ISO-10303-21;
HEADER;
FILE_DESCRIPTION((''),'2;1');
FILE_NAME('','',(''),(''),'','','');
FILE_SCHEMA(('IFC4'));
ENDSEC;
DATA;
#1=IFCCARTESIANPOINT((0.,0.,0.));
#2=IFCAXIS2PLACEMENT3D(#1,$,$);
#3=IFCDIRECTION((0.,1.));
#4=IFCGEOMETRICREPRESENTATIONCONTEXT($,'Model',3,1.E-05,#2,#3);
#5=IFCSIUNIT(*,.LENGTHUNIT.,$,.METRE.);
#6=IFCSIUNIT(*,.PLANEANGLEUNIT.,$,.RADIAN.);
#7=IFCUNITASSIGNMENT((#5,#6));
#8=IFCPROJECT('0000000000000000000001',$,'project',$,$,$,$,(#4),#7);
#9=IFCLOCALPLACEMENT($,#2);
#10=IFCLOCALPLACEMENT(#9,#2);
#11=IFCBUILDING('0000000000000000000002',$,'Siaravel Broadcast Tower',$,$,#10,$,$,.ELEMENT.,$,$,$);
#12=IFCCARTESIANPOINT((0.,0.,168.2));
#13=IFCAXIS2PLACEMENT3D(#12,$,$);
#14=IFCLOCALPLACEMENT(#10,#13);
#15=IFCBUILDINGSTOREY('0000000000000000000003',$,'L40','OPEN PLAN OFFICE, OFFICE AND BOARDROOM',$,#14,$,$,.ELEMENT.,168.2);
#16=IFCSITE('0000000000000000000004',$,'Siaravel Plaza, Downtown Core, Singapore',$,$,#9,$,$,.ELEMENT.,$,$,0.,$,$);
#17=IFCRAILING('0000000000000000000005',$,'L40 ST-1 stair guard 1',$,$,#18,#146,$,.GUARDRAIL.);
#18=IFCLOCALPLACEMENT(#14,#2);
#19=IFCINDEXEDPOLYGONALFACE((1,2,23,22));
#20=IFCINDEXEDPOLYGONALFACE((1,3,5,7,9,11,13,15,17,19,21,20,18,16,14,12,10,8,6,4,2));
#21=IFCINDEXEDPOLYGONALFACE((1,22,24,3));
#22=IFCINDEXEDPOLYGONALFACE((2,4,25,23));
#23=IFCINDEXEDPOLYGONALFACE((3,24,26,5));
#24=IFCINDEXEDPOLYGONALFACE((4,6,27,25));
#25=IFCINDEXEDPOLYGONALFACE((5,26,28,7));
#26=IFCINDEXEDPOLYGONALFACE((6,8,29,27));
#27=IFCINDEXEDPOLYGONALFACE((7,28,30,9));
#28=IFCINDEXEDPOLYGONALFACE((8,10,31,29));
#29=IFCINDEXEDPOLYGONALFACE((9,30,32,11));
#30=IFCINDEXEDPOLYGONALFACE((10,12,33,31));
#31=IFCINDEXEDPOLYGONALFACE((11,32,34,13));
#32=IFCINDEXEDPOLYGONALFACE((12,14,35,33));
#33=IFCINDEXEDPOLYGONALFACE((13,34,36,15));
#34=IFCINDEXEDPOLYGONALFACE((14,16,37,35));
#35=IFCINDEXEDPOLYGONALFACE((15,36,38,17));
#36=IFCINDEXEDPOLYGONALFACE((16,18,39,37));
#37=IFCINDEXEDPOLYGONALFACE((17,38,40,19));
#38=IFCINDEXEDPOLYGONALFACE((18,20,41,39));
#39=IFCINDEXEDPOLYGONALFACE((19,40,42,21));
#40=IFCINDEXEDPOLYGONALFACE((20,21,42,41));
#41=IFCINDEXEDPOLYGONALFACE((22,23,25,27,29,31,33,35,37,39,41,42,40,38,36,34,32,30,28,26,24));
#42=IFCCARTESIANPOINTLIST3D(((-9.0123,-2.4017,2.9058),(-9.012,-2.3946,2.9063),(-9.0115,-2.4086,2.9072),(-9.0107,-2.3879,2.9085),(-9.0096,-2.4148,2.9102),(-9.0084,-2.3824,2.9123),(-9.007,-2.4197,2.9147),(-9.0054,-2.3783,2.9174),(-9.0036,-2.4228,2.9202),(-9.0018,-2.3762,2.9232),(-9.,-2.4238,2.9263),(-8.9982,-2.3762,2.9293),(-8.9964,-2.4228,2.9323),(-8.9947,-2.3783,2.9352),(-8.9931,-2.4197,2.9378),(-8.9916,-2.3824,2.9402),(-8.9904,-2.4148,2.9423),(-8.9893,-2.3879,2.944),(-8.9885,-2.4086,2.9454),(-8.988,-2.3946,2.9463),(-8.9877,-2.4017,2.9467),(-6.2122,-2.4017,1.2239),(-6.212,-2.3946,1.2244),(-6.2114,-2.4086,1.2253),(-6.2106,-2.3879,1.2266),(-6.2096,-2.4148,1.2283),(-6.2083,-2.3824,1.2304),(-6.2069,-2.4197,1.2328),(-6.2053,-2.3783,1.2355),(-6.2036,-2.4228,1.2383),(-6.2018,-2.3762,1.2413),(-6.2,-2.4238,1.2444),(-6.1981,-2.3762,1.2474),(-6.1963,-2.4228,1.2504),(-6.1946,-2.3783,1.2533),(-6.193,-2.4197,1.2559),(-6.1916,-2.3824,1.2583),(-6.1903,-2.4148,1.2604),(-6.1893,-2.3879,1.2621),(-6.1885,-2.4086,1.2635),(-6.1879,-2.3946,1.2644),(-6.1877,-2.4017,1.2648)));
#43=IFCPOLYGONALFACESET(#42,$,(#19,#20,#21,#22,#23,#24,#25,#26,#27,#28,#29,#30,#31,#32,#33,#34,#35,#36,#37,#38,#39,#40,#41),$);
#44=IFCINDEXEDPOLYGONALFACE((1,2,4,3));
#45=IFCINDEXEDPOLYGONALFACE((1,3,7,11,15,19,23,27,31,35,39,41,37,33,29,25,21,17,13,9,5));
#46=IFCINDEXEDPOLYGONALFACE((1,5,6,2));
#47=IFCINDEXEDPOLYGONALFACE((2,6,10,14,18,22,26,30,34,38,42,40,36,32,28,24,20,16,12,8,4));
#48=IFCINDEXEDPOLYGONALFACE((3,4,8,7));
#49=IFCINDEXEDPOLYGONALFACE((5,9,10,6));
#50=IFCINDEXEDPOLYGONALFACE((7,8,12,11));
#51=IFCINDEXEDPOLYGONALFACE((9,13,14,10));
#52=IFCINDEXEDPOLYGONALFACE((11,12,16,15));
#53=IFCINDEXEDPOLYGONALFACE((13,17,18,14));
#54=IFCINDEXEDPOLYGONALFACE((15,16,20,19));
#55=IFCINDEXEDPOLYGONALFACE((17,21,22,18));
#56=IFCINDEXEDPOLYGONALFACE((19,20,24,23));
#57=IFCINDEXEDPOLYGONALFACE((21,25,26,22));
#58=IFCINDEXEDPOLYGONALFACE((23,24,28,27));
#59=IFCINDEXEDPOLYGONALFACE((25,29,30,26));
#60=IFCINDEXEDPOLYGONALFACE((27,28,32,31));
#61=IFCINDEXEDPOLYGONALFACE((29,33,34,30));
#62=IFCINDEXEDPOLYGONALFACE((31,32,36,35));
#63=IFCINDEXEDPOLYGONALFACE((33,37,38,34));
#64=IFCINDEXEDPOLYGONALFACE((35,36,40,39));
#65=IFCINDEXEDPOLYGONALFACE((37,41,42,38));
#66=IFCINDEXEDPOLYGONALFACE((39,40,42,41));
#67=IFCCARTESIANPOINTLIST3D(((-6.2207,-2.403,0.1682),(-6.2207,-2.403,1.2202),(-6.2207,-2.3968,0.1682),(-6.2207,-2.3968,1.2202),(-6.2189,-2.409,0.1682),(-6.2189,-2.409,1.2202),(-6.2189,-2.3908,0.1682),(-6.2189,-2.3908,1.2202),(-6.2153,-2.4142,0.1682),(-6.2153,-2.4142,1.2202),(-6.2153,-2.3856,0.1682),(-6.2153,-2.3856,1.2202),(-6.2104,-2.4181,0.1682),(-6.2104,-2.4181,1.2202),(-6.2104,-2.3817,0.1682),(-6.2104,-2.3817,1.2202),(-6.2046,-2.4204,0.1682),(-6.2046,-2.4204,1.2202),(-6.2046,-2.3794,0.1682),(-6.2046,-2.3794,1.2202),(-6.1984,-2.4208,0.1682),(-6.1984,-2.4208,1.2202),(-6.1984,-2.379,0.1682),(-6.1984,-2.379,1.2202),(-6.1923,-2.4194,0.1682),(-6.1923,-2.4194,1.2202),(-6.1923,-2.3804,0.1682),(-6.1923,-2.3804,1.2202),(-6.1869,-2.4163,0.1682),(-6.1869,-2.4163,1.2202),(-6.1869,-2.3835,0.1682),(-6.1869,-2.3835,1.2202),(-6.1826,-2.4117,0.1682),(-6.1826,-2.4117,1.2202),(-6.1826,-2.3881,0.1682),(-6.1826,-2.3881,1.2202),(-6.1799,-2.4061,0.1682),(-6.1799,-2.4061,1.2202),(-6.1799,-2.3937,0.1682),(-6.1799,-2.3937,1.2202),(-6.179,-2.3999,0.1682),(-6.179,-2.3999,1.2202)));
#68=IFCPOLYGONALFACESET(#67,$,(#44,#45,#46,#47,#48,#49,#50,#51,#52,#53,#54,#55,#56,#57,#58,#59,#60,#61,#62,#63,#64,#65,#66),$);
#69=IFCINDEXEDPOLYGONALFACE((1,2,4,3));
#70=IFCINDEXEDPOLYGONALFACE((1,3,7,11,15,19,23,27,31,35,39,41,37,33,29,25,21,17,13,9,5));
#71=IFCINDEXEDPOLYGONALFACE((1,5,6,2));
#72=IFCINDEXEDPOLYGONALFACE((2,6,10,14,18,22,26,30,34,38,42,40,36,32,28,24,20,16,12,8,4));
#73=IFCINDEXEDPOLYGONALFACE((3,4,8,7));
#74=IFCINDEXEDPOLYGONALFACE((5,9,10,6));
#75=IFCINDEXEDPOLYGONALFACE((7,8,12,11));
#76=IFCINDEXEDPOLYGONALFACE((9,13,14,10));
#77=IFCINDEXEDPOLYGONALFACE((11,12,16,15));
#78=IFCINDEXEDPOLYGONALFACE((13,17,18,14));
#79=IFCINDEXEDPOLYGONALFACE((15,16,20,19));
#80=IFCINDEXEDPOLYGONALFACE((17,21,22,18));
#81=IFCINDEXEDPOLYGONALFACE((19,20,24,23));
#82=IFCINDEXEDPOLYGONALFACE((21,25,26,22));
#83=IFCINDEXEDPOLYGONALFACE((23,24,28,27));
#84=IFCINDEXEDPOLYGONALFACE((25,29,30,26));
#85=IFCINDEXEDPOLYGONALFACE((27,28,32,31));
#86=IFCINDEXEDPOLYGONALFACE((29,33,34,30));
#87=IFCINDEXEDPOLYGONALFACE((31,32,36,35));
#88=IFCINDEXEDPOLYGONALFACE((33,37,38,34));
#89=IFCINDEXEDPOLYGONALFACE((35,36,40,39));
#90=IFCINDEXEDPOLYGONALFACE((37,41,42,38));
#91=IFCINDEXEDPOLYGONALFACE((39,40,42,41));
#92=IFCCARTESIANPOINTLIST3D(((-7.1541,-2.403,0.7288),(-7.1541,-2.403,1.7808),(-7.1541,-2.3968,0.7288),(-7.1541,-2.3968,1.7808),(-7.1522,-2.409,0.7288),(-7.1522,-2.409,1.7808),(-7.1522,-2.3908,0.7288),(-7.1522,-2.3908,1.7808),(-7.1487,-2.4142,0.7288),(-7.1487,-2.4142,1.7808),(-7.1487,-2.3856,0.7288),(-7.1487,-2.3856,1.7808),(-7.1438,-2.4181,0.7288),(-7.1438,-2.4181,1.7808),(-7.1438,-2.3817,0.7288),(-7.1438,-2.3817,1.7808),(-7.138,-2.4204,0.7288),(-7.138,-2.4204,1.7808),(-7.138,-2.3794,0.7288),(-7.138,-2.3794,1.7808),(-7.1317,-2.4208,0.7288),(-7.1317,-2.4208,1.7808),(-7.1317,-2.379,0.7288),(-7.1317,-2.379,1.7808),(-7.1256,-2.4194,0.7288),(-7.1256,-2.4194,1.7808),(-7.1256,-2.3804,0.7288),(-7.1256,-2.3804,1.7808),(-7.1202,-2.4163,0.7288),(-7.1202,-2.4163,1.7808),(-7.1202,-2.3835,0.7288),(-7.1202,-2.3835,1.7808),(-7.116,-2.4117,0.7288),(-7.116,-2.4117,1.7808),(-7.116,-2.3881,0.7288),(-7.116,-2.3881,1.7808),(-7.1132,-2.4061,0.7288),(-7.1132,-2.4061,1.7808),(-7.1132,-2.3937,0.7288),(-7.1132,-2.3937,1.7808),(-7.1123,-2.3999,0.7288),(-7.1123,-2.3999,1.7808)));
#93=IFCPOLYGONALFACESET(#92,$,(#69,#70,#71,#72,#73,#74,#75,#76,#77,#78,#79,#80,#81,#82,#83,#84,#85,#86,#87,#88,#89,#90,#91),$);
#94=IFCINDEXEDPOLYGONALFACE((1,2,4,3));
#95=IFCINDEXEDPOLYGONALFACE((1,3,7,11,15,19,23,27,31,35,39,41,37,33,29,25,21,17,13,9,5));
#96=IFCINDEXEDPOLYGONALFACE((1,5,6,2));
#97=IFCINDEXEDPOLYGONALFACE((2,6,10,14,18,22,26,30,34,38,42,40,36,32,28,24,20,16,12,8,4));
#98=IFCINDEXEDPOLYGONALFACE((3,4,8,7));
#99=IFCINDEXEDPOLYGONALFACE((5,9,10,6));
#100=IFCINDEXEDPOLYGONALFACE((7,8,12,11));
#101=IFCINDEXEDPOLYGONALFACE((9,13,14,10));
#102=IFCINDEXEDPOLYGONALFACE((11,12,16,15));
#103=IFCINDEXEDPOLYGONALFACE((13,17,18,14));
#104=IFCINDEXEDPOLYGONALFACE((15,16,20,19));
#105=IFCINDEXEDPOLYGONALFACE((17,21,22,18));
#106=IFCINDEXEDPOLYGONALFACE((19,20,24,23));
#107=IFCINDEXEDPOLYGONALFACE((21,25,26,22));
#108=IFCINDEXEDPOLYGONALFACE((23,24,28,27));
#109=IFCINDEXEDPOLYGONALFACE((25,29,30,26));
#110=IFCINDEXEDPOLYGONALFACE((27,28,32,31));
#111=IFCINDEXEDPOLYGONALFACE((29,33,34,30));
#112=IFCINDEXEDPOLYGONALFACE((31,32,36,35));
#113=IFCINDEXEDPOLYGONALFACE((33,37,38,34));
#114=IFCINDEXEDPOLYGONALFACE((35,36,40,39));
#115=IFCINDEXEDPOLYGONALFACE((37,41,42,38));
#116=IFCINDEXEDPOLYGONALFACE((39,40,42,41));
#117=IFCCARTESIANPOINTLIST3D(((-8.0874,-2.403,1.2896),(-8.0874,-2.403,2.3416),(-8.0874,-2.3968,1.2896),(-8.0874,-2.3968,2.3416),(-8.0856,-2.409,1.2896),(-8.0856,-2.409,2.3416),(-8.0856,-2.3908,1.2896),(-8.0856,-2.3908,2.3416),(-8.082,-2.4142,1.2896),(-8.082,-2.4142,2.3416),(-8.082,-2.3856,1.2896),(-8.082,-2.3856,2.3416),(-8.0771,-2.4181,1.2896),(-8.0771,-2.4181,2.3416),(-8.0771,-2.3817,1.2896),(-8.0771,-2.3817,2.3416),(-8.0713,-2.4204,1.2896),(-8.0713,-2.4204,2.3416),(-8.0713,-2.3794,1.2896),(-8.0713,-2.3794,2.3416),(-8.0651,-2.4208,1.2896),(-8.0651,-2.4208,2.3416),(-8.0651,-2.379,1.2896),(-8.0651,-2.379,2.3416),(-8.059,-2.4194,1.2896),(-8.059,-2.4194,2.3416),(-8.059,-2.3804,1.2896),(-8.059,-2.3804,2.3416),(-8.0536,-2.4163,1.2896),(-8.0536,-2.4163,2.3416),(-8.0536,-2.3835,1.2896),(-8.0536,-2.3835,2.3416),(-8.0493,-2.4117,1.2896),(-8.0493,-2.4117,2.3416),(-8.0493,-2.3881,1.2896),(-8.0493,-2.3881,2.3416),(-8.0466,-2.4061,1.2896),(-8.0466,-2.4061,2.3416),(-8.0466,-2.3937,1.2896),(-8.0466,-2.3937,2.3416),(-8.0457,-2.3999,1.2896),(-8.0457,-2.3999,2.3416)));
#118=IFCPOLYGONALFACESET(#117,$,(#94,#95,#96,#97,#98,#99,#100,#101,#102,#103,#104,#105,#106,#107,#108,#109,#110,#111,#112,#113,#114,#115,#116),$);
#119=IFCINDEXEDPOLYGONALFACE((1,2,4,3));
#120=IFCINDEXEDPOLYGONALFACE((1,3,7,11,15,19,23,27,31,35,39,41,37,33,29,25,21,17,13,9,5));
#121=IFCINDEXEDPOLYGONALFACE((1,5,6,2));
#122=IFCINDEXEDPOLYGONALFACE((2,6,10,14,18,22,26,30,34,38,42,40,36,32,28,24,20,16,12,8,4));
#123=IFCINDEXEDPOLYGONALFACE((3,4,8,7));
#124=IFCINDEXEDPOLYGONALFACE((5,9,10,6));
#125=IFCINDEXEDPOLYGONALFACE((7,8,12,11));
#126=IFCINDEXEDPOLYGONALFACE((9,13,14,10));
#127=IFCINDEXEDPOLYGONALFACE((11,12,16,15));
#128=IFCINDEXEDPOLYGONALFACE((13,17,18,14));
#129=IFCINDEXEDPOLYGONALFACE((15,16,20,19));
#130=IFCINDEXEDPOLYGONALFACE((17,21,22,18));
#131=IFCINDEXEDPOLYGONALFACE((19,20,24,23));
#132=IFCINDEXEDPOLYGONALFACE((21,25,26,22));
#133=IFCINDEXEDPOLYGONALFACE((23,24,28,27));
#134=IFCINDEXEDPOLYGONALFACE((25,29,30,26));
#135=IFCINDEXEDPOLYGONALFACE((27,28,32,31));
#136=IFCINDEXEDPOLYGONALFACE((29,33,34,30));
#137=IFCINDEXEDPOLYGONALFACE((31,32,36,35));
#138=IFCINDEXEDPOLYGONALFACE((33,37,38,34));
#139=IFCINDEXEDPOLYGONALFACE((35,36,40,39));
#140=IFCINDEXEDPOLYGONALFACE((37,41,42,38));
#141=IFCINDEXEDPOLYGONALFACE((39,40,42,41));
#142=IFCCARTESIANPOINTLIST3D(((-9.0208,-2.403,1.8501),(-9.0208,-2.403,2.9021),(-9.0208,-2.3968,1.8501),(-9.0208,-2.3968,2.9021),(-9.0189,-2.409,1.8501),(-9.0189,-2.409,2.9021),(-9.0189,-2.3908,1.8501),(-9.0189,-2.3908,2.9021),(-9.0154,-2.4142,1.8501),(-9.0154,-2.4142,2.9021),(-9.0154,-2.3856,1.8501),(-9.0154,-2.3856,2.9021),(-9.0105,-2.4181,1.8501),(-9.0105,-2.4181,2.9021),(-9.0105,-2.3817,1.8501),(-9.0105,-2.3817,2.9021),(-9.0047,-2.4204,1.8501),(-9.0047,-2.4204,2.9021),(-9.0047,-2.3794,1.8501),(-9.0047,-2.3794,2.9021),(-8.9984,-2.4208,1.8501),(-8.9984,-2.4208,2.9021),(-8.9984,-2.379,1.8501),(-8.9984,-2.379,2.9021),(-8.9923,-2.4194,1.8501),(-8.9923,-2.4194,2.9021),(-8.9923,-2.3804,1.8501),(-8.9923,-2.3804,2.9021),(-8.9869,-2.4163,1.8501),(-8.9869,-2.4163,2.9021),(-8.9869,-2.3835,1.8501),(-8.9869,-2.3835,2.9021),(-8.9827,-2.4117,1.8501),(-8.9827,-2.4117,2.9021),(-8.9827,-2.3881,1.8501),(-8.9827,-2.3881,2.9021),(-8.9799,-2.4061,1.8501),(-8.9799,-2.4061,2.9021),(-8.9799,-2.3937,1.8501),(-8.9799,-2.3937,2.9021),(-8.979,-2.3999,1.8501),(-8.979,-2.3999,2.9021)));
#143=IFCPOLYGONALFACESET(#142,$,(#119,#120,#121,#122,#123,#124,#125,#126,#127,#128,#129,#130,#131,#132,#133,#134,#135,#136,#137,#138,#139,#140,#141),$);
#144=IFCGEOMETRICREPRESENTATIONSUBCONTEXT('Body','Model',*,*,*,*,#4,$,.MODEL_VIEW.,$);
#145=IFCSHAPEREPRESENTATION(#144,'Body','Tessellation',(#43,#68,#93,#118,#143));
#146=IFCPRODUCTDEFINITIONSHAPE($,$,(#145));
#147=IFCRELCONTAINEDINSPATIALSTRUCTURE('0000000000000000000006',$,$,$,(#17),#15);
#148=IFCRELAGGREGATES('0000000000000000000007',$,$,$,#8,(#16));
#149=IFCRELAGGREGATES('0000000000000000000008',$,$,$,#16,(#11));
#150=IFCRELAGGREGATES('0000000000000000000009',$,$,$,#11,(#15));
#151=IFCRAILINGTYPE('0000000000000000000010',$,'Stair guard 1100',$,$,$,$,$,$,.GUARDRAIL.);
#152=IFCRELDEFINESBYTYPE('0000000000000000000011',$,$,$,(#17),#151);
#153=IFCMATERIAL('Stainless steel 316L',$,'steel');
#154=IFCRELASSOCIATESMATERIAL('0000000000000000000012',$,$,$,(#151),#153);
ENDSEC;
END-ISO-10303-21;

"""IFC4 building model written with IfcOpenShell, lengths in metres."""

from ifc_helpers import new_model, si_unit, direction, frame, origin, origin_2d, place, context, subcontext, project, spatial, circle, extrude, material, type_object, element, save


model = new_model("IFC4")

# Units and contexts
model_context = context("Model", 3, precision=1e-05, world=origin(), true_north=direction((0.0, 1.0)))
body_context = subcontext(model_context, "Body", "Model", "MODEL_VIEW")
ifc_project = project(units=[si_unit("LENGTHUNIT", "METRE"), si_unit("PLANEANGLEUNIT", "RADIAN")], contexts=[model_context])

# Site, building, storey
site_placement = place(None, origin())
site = spatial("IfcSite", under=ifc_project, at=site_placement, Name="Siaravel Plaza, Downtown Core, Singapore", CompositionType="ELEMENT", RefElevation=0.0)
building_placement = place(site_placement, origin())
building = spatial("IfcBuilding", under=site, at=building_placement, Name="Siaravel Broadcast Tower", CompositionType="ELEMENT")
storey_placement = place(building_placement, frame((0.0, 0.0, 168.2)))
storey = spatial("IfcBuildingStorey", under=building, at=storey_placement, Name="L40", Description="OPEN PLAN OFFICE, OFFICE AND BOARDROOM", CompositionType="ELEMENT", Elevation=168.2)

# Shared definitions
ifc_material_1 = material(Name="Stainless steel 316L", Category="steel")

# Railing
railing_type_1 = type_object("IfcRailingType", Name="Stair guard 1100", PredefinedType="GUARDRAIL", material=ifc_material_1)
railing_1_placement = place(storey_placement, frame((-6.2, -2.3999, 0.1682)))
element("IfcRailing", 1, at=railing_1_placement, inside=storey, type_object=railing_type_1, Name="L40 ST-1 stair guard 1", PredefinedType="GUARDRAIL", context=body_context, shape_type="SweptSolid", body=[
    extrude(circle(Radius=0.0239, at=origin_2d()), frame((0.0, 0.0, 1.0762), z_axis=(-0.857242, 0.0, 0.514913), x_axis=(0.0, -1.0, 0.0)), (0.0, 0.0, 1.0), 3.2664),
    extrude(circle(Radius=0.021, at=origin_2d()), origin(), (0.0, 0.0, 1.0), 1.052),
    extrude(circle(Radius=0.021, at=origin_2d()), frame((-0.9333, 0.0, 0.5605)), (0.0, 0.0, 1.0), 1.052),
    extrude(circle(Radius=0.021, at=origin_2d()), frame((-1.8667, 0.0, 1.1213)), (0.0, 0.0, 1.0), 1.052),
    extrude(circle(Radius=0.021, at=origin_2d()), frame((-2.8, 0.0, 1.6819)), (0.0, 0.0, 1.0), 1.052),
])

save(model, "model.ifc")
